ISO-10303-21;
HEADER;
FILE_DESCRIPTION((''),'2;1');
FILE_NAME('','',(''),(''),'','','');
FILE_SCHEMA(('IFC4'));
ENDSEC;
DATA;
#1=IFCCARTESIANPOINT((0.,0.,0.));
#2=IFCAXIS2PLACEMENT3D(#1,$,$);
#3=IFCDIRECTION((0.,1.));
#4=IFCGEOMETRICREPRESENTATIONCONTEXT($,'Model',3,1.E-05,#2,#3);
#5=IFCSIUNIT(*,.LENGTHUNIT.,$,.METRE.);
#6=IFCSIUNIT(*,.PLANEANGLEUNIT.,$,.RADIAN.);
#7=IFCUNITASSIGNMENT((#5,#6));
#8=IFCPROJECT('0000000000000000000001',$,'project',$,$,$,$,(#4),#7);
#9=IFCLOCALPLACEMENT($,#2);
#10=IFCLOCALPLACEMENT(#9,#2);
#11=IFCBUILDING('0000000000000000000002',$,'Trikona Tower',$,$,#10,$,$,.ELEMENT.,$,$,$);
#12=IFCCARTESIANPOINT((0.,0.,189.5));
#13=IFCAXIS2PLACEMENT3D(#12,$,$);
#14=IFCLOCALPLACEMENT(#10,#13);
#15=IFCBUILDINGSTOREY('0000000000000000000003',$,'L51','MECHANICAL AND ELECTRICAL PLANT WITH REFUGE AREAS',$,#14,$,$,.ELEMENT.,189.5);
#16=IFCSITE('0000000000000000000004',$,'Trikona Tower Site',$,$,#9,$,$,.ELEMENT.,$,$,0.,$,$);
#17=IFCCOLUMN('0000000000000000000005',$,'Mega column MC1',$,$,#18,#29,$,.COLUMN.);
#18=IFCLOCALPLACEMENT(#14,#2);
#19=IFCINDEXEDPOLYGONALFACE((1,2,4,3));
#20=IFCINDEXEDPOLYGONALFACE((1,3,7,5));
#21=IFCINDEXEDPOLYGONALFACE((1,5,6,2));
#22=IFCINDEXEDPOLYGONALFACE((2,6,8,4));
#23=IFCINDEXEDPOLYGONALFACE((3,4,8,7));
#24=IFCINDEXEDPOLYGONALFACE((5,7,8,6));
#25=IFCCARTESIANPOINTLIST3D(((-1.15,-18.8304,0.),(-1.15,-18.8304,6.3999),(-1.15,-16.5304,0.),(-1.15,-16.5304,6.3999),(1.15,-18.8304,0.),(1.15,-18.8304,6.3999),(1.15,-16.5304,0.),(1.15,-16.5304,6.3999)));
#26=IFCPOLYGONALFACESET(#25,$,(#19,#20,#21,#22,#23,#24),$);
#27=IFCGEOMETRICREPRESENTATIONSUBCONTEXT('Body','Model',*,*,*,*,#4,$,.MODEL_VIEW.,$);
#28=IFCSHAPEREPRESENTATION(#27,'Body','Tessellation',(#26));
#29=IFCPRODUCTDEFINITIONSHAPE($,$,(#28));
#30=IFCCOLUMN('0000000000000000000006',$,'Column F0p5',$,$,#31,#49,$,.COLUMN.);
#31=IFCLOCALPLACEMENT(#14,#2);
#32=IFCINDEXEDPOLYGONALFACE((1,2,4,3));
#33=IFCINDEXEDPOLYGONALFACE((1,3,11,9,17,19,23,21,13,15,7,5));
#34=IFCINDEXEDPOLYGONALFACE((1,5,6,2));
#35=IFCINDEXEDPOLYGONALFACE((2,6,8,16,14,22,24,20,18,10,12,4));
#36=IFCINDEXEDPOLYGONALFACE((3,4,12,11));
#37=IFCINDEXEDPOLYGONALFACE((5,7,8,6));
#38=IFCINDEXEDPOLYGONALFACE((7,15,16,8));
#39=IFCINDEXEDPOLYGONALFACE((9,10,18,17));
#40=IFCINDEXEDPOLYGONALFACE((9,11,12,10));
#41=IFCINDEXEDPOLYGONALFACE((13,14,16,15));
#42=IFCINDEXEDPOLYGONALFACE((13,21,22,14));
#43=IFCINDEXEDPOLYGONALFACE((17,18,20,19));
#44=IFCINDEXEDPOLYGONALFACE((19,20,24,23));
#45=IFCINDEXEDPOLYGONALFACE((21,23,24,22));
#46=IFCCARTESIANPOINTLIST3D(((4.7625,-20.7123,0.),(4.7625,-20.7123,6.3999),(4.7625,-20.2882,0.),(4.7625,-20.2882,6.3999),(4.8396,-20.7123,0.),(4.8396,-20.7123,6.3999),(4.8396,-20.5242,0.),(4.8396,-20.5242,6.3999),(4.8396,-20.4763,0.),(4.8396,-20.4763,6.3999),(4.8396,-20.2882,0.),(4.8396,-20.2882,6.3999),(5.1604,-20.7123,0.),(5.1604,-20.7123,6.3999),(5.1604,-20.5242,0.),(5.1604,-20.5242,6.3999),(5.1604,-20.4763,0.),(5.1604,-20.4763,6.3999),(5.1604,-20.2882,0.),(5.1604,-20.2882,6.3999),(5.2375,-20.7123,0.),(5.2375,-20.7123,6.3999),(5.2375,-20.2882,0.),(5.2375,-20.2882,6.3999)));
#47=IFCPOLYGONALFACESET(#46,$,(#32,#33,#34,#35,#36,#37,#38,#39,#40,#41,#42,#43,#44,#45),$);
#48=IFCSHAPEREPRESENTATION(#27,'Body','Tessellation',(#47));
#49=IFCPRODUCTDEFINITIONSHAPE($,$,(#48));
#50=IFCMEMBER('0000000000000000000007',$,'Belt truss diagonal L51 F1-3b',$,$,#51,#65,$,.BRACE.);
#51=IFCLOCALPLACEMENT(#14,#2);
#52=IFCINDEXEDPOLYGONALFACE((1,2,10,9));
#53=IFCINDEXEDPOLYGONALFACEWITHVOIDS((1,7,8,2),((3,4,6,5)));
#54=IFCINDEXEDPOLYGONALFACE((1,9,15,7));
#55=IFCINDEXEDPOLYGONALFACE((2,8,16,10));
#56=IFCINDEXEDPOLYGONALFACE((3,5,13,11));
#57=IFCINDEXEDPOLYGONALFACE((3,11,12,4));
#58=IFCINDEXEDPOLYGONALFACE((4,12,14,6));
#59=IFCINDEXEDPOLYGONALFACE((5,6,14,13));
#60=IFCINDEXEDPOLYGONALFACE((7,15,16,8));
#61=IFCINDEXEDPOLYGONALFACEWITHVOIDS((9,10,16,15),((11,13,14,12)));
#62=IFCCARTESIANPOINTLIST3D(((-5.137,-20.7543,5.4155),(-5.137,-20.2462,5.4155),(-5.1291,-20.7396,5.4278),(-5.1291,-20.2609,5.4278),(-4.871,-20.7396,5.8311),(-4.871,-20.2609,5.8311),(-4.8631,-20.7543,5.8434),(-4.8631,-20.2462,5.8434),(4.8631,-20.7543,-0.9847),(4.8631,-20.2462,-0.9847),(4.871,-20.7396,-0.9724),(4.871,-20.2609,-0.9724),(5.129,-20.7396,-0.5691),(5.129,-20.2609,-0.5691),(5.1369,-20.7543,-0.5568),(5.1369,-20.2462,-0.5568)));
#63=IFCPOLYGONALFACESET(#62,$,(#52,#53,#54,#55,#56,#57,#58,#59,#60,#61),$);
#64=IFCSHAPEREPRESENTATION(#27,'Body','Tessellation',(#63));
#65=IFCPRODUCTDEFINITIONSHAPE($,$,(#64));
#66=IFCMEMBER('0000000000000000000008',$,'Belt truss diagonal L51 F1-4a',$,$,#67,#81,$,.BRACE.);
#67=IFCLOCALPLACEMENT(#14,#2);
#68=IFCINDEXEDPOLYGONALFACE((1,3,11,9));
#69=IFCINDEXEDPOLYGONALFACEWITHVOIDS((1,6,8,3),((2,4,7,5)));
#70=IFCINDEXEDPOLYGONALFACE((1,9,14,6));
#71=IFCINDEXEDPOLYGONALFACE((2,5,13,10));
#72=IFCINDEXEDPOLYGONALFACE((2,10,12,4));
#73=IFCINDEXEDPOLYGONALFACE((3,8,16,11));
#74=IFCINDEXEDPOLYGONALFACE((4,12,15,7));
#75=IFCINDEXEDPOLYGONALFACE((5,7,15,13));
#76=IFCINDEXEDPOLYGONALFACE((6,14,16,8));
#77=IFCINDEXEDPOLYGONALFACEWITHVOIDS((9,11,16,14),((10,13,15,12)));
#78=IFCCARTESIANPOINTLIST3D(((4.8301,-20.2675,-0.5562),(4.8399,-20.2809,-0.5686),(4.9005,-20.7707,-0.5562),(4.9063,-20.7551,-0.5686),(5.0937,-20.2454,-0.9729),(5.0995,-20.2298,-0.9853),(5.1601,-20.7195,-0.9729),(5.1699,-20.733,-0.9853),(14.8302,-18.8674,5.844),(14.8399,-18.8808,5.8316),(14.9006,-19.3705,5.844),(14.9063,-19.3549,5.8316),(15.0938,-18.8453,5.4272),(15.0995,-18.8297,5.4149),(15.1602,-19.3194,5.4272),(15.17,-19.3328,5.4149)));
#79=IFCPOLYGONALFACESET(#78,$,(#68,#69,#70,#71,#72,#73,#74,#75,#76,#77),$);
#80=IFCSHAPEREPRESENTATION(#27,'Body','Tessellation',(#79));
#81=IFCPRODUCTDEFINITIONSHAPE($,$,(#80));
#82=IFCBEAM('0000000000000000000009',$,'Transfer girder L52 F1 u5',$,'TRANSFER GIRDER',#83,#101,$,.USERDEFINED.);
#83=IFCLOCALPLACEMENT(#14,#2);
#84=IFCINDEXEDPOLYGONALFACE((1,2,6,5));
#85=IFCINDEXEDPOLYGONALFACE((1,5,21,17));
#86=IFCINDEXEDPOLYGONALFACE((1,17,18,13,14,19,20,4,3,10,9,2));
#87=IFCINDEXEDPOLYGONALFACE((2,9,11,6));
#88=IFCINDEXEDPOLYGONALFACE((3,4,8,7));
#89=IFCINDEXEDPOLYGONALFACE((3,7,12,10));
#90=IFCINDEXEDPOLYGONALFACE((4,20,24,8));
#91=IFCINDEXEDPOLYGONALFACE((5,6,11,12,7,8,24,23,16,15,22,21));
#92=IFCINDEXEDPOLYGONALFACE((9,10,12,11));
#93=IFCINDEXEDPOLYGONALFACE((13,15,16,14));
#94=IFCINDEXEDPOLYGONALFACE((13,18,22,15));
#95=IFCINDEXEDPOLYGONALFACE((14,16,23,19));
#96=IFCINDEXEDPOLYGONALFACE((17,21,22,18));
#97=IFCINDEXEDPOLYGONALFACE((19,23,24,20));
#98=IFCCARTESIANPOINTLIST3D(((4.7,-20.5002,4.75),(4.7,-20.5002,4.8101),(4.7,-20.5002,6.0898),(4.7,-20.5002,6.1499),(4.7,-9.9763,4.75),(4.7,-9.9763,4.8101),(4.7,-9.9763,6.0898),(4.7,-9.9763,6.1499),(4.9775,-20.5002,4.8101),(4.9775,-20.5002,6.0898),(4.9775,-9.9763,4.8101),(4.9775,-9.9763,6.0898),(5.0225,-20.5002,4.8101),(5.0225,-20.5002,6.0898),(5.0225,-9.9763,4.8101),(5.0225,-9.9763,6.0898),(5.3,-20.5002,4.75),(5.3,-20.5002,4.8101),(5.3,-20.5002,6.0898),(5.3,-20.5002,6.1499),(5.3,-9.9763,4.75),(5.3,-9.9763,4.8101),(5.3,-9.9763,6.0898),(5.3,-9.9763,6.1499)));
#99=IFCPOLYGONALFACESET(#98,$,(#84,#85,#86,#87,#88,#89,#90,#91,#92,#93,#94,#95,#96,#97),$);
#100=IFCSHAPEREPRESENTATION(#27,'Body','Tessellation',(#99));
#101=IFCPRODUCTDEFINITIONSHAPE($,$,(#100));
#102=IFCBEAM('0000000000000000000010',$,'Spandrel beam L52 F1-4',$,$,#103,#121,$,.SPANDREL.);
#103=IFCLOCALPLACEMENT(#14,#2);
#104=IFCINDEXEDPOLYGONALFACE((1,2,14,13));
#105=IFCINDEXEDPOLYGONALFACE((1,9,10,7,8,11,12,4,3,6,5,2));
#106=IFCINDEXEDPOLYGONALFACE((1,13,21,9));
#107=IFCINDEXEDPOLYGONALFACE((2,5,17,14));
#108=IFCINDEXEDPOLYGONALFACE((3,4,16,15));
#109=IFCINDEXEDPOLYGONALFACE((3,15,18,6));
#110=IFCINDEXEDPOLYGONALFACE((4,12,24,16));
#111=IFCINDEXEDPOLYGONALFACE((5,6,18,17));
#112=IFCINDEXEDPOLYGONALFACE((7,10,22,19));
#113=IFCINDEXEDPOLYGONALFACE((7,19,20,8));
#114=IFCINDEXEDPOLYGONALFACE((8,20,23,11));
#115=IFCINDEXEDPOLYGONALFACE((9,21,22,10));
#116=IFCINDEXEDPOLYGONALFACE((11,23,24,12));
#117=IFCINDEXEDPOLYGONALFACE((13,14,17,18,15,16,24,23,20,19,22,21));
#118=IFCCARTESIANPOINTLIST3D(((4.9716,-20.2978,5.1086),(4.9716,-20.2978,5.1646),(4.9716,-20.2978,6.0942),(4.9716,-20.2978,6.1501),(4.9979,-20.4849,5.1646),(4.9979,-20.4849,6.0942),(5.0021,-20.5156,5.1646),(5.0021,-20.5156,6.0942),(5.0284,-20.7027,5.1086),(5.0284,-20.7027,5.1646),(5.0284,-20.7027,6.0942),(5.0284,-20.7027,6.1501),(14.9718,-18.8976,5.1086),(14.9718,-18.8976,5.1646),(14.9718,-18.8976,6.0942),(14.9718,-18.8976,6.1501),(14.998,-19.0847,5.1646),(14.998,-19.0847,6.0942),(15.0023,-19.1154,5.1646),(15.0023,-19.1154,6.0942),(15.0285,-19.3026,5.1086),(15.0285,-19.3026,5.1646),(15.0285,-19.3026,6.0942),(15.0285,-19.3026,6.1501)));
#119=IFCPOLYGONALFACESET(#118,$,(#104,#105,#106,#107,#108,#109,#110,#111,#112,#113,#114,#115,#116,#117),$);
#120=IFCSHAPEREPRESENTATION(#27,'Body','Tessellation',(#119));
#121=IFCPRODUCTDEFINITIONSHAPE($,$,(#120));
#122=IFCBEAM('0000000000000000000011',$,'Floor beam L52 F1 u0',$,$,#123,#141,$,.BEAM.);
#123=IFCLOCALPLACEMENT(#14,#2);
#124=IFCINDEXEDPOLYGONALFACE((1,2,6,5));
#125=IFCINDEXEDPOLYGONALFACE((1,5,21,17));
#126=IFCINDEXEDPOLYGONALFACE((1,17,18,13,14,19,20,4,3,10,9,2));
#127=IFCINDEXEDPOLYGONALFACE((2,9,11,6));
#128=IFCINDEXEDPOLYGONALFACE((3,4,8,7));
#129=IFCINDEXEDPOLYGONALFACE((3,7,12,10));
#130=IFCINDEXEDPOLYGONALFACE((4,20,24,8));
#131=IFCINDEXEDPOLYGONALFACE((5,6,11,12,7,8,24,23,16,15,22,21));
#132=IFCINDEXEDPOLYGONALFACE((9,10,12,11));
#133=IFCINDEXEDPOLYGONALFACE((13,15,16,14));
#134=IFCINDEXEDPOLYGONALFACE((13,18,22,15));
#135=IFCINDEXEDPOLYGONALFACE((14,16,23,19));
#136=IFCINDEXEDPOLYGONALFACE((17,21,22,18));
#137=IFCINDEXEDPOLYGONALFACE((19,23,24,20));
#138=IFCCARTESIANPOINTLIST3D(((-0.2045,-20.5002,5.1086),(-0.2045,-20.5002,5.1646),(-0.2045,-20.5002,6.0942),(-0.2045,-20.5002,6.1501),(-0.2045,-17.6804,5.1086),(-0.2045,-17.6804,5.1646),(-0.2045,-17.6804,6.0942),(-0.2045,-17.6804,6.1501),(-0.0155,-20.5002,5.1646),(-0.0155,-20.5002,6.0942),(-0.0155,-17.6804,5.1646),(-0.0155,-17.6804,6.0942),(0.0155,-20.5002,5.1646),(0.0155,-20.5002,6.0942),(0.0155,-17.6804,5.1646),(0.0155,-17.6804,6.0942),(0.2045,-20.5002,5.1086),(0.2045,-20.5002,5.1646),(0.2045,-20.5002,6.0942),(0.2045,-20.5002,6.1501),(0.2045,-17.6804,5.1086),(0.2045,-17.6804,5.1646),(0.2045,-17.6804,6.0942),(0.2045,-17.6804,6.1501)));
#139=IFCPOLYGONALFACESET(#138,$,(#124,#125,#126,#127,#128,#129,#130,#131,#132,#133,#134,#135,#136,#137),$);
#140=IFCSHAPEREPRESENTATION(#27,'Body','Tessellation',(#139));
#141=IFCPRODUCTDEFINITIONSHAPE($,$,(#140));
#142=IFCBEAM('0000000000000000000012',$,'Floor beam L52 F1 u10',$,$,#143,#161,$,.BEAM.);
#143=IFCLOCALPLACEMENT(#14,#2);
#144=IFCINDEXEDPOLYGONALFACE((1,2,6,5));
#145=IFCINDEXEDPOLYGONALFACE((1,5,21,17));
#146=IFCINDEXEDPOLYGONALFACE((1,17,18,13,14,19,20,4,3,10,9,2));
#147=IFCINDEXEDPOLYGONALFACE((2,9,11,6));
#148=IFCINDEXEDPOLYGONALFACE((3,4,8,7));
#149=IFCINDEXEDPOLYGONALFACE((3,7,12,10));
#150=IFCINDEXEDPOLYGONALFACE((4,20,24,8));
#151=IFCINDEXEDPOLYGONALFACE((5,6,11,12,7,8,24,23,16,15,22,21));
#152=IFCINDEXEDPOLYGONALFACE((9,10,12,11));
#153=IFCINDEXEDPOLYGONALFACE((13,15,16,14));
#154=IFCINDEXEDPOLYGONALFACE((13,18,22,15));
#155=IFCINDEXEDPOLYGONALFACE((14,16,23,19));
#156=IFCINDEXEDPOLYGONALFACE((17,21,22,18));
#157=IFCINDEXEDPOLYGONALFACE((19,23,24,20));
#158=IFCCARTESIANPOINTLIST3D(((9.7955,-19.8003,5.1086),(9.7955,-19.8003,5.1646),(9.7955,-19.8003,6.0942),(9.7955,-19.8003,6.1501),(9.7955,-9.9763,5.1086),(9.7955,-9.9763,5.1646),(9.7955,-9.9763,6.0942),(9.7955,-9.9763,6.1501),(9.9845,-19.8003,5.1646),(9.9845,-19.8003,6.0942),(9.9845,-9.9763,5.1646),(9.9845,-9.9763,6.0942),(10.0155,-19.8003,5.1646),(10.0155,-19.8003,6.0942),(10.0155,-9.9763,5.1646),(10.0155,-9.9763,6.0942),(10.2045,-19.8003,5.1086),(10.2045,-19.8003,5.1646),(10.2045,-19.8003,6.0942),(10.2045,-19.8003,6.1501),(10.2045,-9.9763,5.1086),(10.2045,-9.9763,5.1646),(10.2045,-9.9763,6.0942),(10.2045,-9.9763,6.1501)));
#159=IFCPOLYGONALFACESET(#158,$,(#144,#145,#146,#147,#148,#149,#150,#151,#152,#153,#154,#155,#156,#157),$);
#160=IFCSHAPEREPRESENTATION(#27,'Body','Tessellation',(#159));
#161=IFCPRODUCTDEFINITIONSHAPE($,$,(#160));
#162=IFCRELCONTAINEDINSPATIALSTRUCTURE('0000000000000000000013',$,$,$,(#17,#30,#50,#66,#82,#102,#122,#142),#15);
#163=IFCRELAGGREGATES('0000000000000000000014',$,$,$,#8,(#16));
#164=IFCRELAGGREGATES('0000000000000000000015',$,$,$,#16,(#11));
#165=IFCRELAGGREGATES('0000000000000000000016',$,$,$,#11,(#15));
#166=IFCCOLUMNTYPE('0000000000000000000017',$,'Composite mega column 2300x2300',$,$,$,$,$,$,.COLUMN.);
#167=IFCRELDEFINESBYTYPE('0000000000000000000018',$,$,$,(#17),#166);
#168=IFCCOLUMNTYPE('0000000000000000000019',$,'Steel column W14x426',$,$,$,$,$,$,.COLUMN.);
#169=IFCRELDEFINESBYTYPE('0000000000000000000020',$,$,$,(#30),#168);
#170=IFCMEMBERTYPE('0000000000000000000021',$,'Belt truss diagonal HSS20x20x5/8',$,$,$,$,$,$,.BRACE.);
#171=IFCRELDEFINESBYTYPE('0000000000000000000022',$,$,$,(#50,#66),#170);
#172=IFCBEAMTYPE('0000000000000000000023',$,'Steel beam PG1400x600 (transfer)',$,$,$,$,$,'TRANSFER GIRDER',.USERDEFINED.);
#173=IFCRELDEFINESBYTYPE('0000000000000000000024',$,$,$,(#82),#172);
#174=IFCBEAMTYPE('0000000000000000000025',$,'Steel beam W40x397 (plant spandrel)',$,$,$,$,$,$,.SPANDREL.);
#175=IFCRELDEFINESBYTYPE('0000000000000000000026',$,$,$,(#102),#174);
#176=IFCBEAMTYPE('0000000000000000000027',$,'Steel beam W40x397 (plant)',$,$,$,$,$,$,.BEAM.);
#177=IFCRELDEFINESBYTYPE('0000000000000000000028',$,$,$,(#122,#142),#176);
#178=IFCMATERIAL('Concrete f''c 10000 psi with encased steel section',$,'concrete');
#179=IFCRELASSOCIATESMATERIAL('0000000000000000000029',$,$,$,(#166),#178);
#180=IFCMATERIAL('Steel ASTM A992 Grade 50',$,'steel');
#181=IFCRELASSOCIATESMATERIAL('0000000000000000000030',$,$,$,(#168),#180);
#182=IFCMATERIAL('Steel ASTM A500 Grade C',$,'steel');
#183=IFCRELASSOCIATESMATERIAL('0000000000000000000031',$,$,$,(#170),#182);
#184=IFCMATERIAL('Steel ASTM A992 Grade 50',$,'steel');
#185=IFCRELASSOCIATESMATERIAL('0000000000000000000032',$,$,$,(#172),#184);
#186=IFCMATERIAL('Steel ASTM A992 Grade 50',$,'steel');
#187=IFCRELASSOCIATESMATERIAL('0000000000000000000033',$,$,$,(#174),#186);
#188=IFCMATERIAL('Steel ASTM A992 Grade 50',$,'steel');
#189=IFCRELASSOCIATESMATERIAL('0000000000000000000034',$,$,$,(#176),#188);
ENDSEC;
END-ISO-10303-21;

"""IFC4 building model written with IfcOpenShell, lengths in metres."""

from ifc_helpers import new_model, si_unit, direction, frame, origin, origin_2d, place, context, subcontext, project, spatial, rectangle, hollow_rectangle, i_section, extrude, material, material_profile, profile_set, type_object, element, save


model = new_model("IFC4")

# Units and contexts
model_context = context("Model", 3, precision=1e-05, world=origin(), true_north=direction((0.0, 1.0)))
body_context = subcontext(model_context, "Body", "Model", "MODEL_VIEW")
ifc_project = project(units=[si_unit("LENGTHUNIT", "METRE"), si_unit("PLANEANGLEUNIT", "RADIAN")], contexts=[model_context])

# Site, building, storey
site_placement = place(None, origin())
site = spatial("IfcSite", under=ifc_project, at=site_placement, Name="Trikona Tower Site", CompositionType="ELEMENT", RefElevation=0.0)
building_placement = place(site_placement, origin())
building = spatial("IfcBuilding", under=site, at=building_placement, Name="Trikona Tower", CompositionType="ELEMENT")
storey_placement = place(building_placement, frame((0.0, 0.0, 189.5)))
storey = spatial("IfcBuildingStorey", under=building, at=storey_placement, Name="L51", Description="MECHANICAL AND ELECTRICAL PLANT WITH REFUGE AREAS", CompositionType="ELEMENT", Elevation=189.5)

# Columns
ifc_material_1 = material(Name="Concrete f'c 10000 psi with encased steel section", Category="concrete")
ifc_material_profile_1 = material_profile(ifc_material_1, rectangle(XDim=2.3, YDim=2.3, at=origin_2d()), Name="MC2300")
ifc_profile_set_1 = profile_set([ifc_material_profile_1], Name="Concrete f'c 10000 psi with encased steel section")
column_type_1 = type_object("IfcColumnType", Name="Composite mega column 2300x2300", PredefinedType="COLUMN", material=ifc_profile_set_1)
column_1_placement = place(storey_placement, frame((0.0, -17.6804, 0.0), z_axis=(0.0, 0.0, 1.0), x_axis=(0.0, -1.0, 0.0)))
element("IfcColumn", 1, at=column_1_placement, inside=storey, type_object=column_type_1, Name="Mega column MC1", PredefinedType="COLUMN", context=body_context, shape_type="SweptSolid", body=[
    extrude(rectangle(XDim=2.3, YDim=2.3, at=origin_2d()), origin(), (0.0, 0.0, 1.0), 6.3999),
])
ifc_material_2 = material(Name="Steel ASTM A992 Grade 50", Category="steel")
ifc_material_profile_2 = material_profile(ifc_material_2, i_section(OverallWidth=0.4241, OverallDepth=0.4751, WebThickness=0.0479, FlangeThickness=0.0771, at=origin_2d()), Name="W14X426")
ifc_profile_set_2 = profile_set([ifc_material_profile_2], Name="Steel ASTM A992 Grade 50")
column_type_2 = type_object("IfcColumnType", Name="Steel column W14x426", PredefinedType="COLUMN", material=ifc_profile_set_2)
column_2_placement = place(storey_placement, frame((5.0, -20.5002, 0.0), z_axis=(0.0, 0.0, 1.0), x_axis=(0.0, -1.0, 0.0)))
element("IfcColumn", 2, at=column_2_placement, inside=storey, type_object=column_type_2, Name="Column F0p5", PredefinedType="COLUMN", context=body_context, shape_type="SweptSolid", body=[
    extrude(i_section(OverallWidth=0.4241, OverallDepth=0.4751, WebThickness=0.0479, FlangeThickness=0.0771, at=origin_2d()), origin(), (0.0, 0.0, 1.0), 6.3999),
])

# Members
ifc_material_3 = material(Name="Steel ASTM A500 Grade C", Category="steel")
ifc_material_profile_3 = material_profile(ifc_material_3, hollow_rectangle(XDim=0.5081, YDim=0.5081, WallThickness=0.0146, at=origin_2d()), Name="HSS20X20X5/8")
ifc_profile_set_3 = profile_set([ifc_material_profile_3], Name="Steel ASTM A500 Grade C")
member_type = type_object("IfcMemberType", Name="Belt truss diagonal HSS20x20x5/8", PredefinedType="BRACE", material=ifc_profile_set_3)
member_1_placement = place(storey_placement, frame((5.0, -20.5002, -0.7708), z_axis=(-0.842266, 0.0, 0.539062), x_axis=(0.0, -1.0, 0.0)))
element("IfcMember", 3, at=member_1_placement, inside=storey, type_object=member_type, Name="Belt truss diagonal L51 F1-3b", PredefinedType="BRACE", context=body_context, shape_type="SweptSolid", body=[
    extrude(hollow_rectangle(XDim=0.5081, YDim=0.5081, WallThickness=0.0146, at=origin_2d()), origin(), (0.0, 0.0, 1.0), 11.8728),
])
member_2_placement = place(storey_placement, frame((5.0, -20.5002, -0.7708), z_axis=(0.836469, 0.117118, 0.535353), x_axis=(-0.138662, 0.99034, 0.0)))
element("IfcMember", 4, at=member_2_placement, inside=storey, type_object=member_type, Name="Belt truss diagonal L51 F1-4a", PredefinedType="BRACE", context=body_context, shape_type="SweptSolid", body=[
    extrude(hollow_rectangle(XDim=0.5081, YDim=0.5081, WallThickness=0.0146, at=origin_2d()), origin(), (0.0, 0.0, 1.0), 11.9551),
])

# Beams
ifc_material_4 = material(Name="Steel ASTM A992 Grade 50", Category="steel")
ifc_material_profile_4 = material_profile(ifc_material_4, i_section(OverallWidth=0.6001, OverallDepth=1.3999, WebThickness=0.0449, FlangeThickness=0.0601, at=origin_2d()), Name="PG1400X600")
ifc_profile_set_4 = profile_set([ifc_material_profile_4], Name="Steel ASTM A992 Grade 50")
beam_type_1 = type_object("IfcBeamType", Name="Steel beam PG1400x600 (transfer)", ElementType="TRANSFER GIRDER", PredefinedType="USERDEFINED", material=ifc_profile_set_4)
beam_1_placement = place(storey_placement, frame((5.0, -9.9763, 5.45), z_axis=(0.0, -1.0, 0.0), x_axis=(1.0, 0.0, 0.0)))
element("IfcBeam", 5, at=beam_1_placement, inside=storey, type_object=beam_type_1, Name="Transfer girder L52 F1 u5", ObjectType="TRANSFER GIRDER", PredefinedType="USERDEFINED", context=body_context, shape_type="SweptSolid", body=[
    extrude(i_section(OverallWidth=0.6001, OverallDepth=1.3999, WebThickness=0.0449, FlangeThickness=0.0601, at=origin_2d()), origin(), (0.0, 0.0, 1.0), 10.5239),
])
ifc_material_5 = material(Name="Steel ASTM A992 Grade 50", Category="steel")
ifc_material_profile_5 = material_profile(ifc_material_5, i_section(OverallWidth=0.4089, OverallDepth=1.0415, WebThickness=0.031, FlangeThickness=0.0559, at=origin_2d()), Name="W40X397")
ifc_profile_set_5 = profile_set([ifc_material_profile_5], Name="Steel ASTM A992 Grade 50")
beam_type_2 = type_object("IfcBeamType", Name="Steel beam W40x397 (plant spandrel)", PredefinedType="SPANDREL", material=ifc_profile_set_5)
beam_2_placement = place(storey_placement, frame((5.0, -20.5002, 5.6294), z_axis=(0.99034, 0.138662, 0.0), x_axis=(-0.138662, 0.99034, 0.0)))
element("IfcBeam", 6, at=beam_2_placement, inside=storey, type_object=beam_type_2, Name="Spandrel beam L52 F1-4", PredefinedType="SPANDREL", context=body_context, shape_type="SweptSolid", body=[
    extrude(i_section(OverallWidth=0.4089, OverallDepth=1.0415, WebThickness=0.031, FlangeThickness=0.0559, at=origin_2d()), origin(), (0.0, 0.0, 1.0), 10.0977),
])
ifc_material_6 = material(Name="Steel ASTM A992 Grade 50", Category="steel")
ifc_material_profile_6 = material_profile(ifc_material_6, i_section(OverallWidth=0.4089, OverallDepth=1.0415, WebThickness=0.031, FlangeThickness=0.0559, at=origin_2d()), Name="W40X397")
ifc_profile_set_6 = profile_set([ifc_material_profile_6], Name="Steel ASTM A992 Grade 50")
beam_type_3 = type_object("IfcBeamType", Name="Steel beam W40x397 (plant)", PredefinedType="BEAM", material=ifc_profile_set_6)
beam_3_placement = place(storey_placement, frame((0.0, -17.6804, 5.6294), z_axis=(0.0, -1.0, 0.0), x_axis=(1.0, 0.0, 0.0)))
element("IfcBeam", 7, at=beam_3_placement, inside=storey, type_object=beam_type_3, Name="Floor beam L52 F1 u0", PredefinedType="BEAM", context=body_context, shape_type="SweptSolid", body=[
    extrude(i_section(OverallWidth=0.4089, OverallDepth=1.0415, WebThickness=0.031, FlangeThickness=0.0559, at=origin_2d()), origin(), (0.0, 0.0, 1.0), 2.8198),
])
beam_4_placement = place(storey_placement, frame((10.0, -9.9763, 5.6294), z_axis=(0.0, -1.0, 0.0), x_axis=(1.0, 0.0, 0.0)))
element("IfcBeam", 8, at=beam_4_placement, inside=storey, type_object=beam_type_3, Name="Floor beam L52 F1 u10", PredefinedType="BEAM", context=body_context, shape_type="SweptSolid", body=[
    extrude(i_section(OverallWidth=0.4089, OverallDepth=1.0415, WebThickness=0.031, FlangeThickness=0.0559, at=origin_2d()), origin(), (0.0, 0.0, 1.0), 9.824),
])

save(model, "model.ifc")
